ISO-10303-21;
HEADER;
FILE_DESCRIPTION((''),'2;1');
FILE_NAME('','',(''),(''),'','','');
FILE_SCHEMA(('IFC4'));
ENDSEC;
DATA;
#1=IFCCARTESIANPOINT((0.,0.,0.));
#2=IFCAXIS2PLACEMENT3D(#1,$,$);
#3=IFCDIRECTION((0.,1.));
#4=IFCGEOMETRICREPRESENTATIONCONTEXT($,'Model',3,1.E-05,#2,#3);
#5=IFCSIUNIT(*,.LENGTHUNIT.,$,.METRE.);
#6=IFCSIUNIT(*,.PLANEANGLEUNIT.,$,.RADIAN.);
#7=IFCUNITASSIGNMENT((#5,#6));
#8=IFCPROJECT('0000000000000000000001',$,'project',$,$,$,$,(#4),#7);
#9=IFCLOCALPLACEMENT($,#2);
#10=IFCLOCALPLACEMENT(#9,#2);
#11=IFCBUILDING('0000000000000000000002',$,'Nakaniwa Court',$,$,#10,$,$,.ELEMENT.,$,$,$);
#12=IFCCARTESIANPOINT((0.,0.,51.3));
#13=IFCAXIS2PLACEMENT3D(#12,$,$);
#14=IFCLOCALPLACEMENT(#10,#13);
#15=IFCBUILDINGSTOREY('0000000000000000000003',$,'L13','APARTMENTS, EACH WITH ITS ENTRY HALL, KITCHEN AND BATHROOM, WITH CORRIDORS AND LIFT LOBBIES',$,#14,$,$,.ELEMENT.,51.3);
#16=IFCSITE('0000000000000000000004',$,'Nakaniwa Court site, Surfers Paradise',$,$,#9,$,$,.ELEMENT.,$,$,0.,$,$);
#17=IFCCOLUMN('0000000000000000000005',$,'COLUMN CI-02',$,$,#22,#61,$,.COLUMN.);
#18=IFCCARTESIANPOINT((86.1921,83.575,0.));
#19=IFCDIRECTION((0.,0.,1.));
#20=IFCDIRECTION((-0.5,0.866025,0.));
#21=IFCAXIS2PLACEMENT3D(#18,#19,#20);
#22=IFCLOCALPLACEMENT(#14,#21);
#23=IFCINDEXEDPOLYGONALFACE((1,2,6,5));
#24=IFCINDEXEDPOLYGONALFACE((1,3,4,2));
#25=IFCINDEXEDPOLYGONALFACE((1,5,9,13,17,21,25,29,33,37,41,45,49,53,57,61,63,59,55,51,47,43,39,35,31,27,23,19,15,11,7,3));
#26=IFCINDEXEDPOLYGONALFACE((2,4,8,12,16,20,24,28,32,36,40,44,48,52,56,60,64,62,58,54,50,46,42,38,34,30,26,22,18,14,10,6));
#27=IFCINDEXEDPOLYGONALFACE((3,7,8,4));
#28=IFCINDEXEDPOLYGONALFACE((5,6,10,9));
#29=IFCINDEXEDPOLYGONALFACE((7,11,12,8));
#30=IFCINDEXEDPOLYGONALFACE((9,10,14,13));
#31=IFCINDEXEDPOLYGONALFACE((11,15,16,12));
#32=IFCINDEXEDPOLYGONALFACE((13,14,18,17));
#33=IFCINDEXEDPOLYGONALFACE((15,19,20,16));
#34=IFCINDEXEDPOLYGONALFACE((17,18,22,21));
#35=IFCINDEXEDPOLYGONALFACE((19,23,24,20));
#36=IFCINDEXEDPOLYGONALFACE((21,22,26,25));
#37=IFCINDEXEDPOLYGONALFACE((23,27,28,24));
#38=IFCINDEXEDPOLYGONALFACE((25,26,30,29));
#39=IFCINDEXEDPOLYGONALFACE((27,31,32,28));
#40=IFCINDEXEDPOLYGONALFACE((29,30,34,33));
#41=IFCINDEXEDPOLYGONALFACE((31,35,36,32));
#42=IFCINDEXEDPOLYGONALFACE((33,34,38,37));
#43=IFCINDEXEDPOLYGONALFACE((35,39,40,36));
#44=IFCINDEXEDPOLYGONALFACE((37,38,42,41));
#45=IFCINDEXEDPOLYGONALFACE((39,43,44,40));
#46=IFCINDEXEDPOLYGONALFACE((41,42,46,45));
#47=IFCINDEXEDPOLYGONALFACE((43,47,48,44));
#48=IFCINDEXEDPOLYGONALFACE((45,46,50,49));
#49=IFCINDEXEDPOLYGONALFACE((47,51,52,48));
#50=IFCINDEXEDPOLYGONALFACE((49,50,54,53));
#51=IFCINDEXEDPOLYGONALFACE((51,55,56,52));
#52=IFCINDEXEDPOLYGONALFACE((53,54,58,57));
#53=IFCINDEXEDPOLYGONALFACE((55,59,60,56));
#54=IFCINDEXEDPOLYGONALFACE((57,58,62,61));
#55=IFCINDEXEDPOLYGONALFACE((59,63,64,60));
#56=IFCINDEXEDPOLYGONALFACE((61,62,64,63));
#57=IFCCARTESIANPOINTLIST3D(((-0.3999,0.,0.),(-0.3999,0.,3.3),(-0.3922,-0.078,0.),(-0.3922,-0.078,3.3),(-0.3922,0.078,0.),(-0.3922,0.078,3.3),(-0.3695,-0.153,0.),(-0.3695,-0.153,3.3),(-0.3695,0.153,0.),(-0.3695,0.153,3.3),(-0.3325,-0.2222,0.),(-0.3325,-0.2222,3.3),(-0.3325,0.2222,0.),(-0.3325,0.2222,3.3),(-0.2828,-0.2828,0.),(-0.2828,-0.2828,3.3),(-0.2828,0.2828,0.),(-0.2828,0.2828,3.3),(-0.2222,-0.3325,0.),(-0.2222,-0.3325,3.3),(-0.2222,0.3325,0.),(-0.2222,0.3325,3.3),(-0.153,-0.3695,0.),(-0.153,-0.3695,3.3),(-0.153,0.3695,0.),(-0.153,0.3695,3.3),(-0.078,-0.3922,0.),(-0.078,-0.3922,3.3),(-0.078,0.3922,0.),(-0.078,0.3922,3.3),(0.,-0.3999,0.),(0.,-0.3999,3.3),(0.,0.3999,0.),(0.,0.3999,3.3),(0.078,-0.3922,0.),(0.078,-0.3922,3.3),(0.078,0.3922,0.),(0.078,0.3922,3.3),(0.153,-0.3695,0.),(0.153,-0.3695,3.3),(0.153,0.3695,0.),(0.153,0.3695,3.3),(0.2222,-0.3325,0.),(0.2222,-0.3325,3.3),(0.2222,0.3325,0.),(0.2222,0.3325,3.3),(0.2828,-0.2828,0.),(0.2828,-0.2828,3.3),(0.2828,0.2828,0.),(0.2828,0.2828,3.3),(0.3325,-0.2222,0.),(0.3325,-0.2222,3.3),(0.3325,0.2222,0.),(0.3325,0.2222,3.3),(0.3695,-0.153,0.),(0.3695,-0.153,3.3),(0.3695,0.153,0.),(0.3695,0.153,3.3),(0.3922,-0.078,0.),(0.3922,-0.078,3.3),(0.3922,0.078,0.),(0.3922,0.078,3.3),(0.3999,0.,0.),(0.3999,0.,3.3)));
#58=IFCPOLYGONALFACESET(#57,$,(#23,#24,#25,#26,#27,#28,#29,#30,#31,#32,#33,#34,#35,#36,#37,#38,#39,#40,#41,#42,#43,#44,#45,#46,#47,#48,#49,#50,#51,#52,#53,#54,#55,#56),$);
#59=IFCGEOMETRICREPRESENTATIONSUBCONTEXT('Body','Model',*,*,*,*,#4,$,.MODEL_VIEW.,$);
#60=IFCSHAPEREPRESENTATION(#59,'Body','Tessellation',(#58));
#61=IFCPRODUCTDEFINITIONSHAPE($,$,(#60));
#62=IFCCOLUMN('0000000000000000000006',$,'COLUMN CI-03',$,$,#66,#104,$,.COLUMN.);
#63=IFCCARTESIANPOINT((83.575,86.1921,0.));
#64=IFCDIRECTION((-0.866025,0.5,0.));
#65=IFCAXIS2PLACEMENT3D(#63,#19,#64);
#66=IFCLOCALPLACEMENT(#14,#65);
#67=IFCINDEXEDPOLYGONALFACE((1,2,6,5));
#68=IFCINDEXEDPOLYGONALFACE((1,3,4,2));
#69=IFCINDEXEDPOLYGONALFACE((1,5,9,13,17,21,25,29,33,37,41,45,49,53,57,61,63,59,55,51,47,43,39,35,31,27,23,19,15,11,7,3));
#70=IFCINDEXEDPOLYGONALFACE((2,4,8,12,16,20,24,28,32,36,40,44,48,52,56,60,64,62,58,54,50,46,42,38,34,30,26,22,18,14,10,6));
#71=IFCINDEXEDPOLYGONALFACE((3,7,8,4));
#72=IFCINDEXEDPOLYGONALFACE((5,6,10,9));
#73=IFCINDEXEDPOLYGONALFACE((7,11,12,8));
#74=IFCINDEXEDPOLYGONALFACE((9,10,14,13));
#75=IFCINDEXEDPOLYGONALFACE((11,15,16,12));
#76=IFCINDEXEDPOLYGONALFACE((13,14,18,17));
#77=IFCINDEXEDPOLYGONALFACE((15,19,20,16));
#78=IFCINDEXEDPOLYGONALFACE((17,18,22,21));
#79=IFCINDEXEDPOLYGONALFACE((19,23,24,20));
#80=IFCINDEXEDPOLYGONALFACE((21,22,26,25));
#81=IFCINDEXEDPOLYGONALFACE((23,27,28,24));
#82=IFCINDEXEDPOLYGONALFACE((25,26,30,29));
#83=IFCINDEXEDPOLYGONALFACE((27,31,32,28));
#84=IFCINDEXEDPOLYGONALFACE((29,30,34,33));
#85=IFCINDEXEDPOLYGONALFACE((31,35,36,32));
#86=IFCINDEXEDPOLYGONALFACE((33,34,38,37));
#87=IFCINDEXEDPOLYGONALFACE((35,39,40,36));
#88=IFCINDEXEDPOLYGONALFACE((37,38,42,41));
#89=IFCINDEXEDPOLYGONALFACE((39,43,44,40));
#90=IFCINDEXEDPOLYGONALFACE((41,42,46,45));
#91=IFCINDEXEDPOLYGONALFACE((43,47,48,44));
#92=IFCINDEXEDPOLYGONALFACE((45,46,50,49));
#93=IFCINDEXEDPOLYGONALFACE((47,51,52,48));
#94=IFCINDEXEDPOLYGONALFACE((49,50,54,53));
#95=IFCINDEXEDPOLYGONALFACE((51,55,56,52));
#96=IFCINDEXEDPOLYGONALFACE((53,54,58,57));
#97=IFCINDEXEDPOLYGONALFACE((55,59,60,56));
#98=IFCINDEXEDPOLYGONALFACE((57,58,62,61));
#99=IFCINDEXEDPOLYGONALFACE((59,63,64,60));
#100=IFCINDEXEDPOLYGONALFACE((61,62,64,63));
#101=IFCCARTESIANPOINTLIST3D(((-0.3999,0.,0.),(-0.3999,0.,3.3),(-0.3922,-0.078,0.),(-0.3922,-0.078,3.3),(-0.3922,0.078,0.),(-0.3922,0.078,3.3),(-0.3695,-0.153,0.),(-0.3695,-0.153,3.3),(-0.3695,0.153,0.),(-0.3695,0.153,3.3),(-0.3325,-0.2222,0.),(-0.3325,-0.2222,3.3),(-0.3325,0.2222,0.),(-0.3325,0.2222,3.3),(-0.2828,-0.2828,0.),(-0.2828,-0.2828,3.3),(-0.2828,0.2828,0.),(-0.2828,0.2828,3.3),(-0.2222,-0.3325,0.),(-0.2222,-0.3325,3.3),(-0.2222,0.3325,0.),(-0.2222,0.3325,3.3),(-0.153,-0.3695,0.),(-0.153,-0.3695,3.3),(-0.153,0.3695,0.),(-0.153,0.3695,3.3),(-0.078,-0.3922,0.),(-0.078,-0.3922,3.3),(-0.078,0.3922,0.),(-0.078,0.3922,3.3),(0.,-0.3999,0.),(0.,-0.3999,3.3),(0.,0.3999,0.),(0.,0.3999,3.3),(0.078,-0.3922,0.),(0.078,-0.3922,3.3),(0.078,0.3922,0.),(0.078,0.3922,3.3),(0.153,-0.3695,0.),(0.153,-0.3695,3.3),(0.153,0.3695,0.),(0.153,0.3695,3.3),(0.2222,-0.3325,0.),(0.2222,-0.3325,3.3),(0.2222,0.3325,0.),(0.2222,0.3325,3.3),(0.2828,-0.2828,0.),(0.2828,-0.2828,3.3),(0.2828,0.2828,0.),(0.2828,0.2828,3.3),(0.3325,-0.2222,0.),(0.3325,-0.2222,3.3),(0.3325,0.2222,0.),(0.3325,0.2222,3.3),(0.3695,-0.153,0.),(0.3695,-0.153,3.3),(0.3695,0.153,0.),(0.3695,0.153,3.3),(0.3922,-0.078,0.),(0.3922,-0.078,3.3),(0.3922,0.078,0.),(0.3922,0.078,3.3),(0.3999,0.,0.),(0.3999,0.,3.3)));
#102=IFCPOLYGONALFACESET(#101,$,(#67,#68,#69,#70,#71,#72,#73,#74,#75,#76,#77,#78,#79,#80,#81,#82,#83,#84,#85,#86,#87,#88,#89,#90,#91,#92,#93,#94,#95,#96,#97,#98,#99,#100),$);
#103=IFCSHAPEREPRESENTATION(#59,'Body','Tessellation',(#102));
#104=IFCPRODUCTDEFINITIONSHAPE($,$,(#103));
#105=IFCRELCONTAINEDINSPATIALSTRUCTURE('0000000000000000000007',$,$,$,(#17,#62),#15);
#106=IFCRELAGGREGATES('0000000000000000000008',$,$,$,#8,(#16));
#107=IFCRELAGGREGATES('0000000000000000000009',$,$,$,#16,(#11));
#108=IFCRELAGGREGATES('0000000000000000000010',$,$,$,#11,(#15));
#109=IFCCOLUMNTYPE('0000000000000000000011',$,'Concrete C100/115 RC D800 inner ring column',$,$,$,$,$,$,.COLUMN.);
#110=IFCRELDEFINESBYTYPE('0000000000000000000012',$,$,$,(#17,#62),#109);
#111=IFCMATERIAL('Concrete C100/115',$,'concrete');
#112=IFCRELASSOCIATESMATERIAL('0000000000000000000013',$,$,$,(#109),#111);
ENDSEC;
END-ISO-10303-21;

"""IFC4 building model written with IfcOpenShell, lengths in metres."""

from ifc_helpers import new_model, si_unit, direction, frame, origin, origin_2d, place, context, subcontext, project, spatial, circle, extrude, material, material_profile, profile_set, type_object, element, save


model = new_model("IFC4")

# Units and contexts
model_context = context("Model", 3, precision=1e-05, world=origin(), true_north=direction((0.0, 1.0)))
body_context = subcontext(model_context, "Body", "Model", "MODEL_VIEW")
ifc_project = project(units=[si_unit("LENGTHUNIT", "METRE"), si_unit("PLANEANGLEUNIT", "RADIAN")], contexts=[model_context])

# Site, building, storey
site_placement = place(None, origin())
site = spatial("IfcSite", under=ifc_project, at=site_placement, Name="Nakaniwa Court site, Surfers Paradise", CompositionType="ELEMENT", RefElevation=0.0)
building_placement = place(site_placement, origin())
building = spatial("IfcBuilding", under=site, at=building_placement, Name="Nakaniwa Court", CompositionType="ELEMENT")
storey_placement = place(building_placement, frame((0.0, 0.0, 51.3)))
storey = spatial("IfcBuildingStorey", under=building, at=storey_placement, Name="L13", Description="APARTMENTS, EACH WITH ITS ENTRY HALL, KITCHEN AND BATHROOM, WITH CORRIDORS AND LIFT LOBBIES", CompositionType="ELEMENT", Elevation=51.3)

# Columns
ifc_material_1 = material(Name="Concrete C100/115", Category="concrete")
ifc_material_profile_1 = material_profile(ifc_material_1, circle(Radius=0.3999, at=origin_2d()), Name="Concrete C100/115 RC D800 inner ring column")
ifc_profile_set_1 = profile_set([ifc_material_profile_1], Name="Concrete C100/115")
column_type = type_object("IfcColumnType", Name="Concrete C100/115 RC D800 inner ring column", PredefinedType="COLUMN", material=ifc_profile_set_1)
for number, where, z_axis, x_axis, name in (
    (1, (86.1921, 83.575, 0.0), (0.0, 0.0, 1.0), (-0.5, 0.866025, 0.0), "COLUMN CI-02"),
    (2, (83.575, 86.1921, 0.0), (0.0, 0.0, 1.0), (-0.866025, 0.5, 0.0), "COLUMN CI-03"),
):
    element("IfcColumn", number, at=place(storey_placement, frame(where, z_axis=z_axis, x_axis=x_axis)), inside=storey, type_object=column_type, Name=name, PredefinedType="COLUMN", context=body_context, shape_type="SweptSolid", body=[
        extrude(circle(Radius=0.3999, at=origin_2d()), origin(), (0.0, 0.0, 1.0), 3.3),
    ])

save(model, "model.ifc")
